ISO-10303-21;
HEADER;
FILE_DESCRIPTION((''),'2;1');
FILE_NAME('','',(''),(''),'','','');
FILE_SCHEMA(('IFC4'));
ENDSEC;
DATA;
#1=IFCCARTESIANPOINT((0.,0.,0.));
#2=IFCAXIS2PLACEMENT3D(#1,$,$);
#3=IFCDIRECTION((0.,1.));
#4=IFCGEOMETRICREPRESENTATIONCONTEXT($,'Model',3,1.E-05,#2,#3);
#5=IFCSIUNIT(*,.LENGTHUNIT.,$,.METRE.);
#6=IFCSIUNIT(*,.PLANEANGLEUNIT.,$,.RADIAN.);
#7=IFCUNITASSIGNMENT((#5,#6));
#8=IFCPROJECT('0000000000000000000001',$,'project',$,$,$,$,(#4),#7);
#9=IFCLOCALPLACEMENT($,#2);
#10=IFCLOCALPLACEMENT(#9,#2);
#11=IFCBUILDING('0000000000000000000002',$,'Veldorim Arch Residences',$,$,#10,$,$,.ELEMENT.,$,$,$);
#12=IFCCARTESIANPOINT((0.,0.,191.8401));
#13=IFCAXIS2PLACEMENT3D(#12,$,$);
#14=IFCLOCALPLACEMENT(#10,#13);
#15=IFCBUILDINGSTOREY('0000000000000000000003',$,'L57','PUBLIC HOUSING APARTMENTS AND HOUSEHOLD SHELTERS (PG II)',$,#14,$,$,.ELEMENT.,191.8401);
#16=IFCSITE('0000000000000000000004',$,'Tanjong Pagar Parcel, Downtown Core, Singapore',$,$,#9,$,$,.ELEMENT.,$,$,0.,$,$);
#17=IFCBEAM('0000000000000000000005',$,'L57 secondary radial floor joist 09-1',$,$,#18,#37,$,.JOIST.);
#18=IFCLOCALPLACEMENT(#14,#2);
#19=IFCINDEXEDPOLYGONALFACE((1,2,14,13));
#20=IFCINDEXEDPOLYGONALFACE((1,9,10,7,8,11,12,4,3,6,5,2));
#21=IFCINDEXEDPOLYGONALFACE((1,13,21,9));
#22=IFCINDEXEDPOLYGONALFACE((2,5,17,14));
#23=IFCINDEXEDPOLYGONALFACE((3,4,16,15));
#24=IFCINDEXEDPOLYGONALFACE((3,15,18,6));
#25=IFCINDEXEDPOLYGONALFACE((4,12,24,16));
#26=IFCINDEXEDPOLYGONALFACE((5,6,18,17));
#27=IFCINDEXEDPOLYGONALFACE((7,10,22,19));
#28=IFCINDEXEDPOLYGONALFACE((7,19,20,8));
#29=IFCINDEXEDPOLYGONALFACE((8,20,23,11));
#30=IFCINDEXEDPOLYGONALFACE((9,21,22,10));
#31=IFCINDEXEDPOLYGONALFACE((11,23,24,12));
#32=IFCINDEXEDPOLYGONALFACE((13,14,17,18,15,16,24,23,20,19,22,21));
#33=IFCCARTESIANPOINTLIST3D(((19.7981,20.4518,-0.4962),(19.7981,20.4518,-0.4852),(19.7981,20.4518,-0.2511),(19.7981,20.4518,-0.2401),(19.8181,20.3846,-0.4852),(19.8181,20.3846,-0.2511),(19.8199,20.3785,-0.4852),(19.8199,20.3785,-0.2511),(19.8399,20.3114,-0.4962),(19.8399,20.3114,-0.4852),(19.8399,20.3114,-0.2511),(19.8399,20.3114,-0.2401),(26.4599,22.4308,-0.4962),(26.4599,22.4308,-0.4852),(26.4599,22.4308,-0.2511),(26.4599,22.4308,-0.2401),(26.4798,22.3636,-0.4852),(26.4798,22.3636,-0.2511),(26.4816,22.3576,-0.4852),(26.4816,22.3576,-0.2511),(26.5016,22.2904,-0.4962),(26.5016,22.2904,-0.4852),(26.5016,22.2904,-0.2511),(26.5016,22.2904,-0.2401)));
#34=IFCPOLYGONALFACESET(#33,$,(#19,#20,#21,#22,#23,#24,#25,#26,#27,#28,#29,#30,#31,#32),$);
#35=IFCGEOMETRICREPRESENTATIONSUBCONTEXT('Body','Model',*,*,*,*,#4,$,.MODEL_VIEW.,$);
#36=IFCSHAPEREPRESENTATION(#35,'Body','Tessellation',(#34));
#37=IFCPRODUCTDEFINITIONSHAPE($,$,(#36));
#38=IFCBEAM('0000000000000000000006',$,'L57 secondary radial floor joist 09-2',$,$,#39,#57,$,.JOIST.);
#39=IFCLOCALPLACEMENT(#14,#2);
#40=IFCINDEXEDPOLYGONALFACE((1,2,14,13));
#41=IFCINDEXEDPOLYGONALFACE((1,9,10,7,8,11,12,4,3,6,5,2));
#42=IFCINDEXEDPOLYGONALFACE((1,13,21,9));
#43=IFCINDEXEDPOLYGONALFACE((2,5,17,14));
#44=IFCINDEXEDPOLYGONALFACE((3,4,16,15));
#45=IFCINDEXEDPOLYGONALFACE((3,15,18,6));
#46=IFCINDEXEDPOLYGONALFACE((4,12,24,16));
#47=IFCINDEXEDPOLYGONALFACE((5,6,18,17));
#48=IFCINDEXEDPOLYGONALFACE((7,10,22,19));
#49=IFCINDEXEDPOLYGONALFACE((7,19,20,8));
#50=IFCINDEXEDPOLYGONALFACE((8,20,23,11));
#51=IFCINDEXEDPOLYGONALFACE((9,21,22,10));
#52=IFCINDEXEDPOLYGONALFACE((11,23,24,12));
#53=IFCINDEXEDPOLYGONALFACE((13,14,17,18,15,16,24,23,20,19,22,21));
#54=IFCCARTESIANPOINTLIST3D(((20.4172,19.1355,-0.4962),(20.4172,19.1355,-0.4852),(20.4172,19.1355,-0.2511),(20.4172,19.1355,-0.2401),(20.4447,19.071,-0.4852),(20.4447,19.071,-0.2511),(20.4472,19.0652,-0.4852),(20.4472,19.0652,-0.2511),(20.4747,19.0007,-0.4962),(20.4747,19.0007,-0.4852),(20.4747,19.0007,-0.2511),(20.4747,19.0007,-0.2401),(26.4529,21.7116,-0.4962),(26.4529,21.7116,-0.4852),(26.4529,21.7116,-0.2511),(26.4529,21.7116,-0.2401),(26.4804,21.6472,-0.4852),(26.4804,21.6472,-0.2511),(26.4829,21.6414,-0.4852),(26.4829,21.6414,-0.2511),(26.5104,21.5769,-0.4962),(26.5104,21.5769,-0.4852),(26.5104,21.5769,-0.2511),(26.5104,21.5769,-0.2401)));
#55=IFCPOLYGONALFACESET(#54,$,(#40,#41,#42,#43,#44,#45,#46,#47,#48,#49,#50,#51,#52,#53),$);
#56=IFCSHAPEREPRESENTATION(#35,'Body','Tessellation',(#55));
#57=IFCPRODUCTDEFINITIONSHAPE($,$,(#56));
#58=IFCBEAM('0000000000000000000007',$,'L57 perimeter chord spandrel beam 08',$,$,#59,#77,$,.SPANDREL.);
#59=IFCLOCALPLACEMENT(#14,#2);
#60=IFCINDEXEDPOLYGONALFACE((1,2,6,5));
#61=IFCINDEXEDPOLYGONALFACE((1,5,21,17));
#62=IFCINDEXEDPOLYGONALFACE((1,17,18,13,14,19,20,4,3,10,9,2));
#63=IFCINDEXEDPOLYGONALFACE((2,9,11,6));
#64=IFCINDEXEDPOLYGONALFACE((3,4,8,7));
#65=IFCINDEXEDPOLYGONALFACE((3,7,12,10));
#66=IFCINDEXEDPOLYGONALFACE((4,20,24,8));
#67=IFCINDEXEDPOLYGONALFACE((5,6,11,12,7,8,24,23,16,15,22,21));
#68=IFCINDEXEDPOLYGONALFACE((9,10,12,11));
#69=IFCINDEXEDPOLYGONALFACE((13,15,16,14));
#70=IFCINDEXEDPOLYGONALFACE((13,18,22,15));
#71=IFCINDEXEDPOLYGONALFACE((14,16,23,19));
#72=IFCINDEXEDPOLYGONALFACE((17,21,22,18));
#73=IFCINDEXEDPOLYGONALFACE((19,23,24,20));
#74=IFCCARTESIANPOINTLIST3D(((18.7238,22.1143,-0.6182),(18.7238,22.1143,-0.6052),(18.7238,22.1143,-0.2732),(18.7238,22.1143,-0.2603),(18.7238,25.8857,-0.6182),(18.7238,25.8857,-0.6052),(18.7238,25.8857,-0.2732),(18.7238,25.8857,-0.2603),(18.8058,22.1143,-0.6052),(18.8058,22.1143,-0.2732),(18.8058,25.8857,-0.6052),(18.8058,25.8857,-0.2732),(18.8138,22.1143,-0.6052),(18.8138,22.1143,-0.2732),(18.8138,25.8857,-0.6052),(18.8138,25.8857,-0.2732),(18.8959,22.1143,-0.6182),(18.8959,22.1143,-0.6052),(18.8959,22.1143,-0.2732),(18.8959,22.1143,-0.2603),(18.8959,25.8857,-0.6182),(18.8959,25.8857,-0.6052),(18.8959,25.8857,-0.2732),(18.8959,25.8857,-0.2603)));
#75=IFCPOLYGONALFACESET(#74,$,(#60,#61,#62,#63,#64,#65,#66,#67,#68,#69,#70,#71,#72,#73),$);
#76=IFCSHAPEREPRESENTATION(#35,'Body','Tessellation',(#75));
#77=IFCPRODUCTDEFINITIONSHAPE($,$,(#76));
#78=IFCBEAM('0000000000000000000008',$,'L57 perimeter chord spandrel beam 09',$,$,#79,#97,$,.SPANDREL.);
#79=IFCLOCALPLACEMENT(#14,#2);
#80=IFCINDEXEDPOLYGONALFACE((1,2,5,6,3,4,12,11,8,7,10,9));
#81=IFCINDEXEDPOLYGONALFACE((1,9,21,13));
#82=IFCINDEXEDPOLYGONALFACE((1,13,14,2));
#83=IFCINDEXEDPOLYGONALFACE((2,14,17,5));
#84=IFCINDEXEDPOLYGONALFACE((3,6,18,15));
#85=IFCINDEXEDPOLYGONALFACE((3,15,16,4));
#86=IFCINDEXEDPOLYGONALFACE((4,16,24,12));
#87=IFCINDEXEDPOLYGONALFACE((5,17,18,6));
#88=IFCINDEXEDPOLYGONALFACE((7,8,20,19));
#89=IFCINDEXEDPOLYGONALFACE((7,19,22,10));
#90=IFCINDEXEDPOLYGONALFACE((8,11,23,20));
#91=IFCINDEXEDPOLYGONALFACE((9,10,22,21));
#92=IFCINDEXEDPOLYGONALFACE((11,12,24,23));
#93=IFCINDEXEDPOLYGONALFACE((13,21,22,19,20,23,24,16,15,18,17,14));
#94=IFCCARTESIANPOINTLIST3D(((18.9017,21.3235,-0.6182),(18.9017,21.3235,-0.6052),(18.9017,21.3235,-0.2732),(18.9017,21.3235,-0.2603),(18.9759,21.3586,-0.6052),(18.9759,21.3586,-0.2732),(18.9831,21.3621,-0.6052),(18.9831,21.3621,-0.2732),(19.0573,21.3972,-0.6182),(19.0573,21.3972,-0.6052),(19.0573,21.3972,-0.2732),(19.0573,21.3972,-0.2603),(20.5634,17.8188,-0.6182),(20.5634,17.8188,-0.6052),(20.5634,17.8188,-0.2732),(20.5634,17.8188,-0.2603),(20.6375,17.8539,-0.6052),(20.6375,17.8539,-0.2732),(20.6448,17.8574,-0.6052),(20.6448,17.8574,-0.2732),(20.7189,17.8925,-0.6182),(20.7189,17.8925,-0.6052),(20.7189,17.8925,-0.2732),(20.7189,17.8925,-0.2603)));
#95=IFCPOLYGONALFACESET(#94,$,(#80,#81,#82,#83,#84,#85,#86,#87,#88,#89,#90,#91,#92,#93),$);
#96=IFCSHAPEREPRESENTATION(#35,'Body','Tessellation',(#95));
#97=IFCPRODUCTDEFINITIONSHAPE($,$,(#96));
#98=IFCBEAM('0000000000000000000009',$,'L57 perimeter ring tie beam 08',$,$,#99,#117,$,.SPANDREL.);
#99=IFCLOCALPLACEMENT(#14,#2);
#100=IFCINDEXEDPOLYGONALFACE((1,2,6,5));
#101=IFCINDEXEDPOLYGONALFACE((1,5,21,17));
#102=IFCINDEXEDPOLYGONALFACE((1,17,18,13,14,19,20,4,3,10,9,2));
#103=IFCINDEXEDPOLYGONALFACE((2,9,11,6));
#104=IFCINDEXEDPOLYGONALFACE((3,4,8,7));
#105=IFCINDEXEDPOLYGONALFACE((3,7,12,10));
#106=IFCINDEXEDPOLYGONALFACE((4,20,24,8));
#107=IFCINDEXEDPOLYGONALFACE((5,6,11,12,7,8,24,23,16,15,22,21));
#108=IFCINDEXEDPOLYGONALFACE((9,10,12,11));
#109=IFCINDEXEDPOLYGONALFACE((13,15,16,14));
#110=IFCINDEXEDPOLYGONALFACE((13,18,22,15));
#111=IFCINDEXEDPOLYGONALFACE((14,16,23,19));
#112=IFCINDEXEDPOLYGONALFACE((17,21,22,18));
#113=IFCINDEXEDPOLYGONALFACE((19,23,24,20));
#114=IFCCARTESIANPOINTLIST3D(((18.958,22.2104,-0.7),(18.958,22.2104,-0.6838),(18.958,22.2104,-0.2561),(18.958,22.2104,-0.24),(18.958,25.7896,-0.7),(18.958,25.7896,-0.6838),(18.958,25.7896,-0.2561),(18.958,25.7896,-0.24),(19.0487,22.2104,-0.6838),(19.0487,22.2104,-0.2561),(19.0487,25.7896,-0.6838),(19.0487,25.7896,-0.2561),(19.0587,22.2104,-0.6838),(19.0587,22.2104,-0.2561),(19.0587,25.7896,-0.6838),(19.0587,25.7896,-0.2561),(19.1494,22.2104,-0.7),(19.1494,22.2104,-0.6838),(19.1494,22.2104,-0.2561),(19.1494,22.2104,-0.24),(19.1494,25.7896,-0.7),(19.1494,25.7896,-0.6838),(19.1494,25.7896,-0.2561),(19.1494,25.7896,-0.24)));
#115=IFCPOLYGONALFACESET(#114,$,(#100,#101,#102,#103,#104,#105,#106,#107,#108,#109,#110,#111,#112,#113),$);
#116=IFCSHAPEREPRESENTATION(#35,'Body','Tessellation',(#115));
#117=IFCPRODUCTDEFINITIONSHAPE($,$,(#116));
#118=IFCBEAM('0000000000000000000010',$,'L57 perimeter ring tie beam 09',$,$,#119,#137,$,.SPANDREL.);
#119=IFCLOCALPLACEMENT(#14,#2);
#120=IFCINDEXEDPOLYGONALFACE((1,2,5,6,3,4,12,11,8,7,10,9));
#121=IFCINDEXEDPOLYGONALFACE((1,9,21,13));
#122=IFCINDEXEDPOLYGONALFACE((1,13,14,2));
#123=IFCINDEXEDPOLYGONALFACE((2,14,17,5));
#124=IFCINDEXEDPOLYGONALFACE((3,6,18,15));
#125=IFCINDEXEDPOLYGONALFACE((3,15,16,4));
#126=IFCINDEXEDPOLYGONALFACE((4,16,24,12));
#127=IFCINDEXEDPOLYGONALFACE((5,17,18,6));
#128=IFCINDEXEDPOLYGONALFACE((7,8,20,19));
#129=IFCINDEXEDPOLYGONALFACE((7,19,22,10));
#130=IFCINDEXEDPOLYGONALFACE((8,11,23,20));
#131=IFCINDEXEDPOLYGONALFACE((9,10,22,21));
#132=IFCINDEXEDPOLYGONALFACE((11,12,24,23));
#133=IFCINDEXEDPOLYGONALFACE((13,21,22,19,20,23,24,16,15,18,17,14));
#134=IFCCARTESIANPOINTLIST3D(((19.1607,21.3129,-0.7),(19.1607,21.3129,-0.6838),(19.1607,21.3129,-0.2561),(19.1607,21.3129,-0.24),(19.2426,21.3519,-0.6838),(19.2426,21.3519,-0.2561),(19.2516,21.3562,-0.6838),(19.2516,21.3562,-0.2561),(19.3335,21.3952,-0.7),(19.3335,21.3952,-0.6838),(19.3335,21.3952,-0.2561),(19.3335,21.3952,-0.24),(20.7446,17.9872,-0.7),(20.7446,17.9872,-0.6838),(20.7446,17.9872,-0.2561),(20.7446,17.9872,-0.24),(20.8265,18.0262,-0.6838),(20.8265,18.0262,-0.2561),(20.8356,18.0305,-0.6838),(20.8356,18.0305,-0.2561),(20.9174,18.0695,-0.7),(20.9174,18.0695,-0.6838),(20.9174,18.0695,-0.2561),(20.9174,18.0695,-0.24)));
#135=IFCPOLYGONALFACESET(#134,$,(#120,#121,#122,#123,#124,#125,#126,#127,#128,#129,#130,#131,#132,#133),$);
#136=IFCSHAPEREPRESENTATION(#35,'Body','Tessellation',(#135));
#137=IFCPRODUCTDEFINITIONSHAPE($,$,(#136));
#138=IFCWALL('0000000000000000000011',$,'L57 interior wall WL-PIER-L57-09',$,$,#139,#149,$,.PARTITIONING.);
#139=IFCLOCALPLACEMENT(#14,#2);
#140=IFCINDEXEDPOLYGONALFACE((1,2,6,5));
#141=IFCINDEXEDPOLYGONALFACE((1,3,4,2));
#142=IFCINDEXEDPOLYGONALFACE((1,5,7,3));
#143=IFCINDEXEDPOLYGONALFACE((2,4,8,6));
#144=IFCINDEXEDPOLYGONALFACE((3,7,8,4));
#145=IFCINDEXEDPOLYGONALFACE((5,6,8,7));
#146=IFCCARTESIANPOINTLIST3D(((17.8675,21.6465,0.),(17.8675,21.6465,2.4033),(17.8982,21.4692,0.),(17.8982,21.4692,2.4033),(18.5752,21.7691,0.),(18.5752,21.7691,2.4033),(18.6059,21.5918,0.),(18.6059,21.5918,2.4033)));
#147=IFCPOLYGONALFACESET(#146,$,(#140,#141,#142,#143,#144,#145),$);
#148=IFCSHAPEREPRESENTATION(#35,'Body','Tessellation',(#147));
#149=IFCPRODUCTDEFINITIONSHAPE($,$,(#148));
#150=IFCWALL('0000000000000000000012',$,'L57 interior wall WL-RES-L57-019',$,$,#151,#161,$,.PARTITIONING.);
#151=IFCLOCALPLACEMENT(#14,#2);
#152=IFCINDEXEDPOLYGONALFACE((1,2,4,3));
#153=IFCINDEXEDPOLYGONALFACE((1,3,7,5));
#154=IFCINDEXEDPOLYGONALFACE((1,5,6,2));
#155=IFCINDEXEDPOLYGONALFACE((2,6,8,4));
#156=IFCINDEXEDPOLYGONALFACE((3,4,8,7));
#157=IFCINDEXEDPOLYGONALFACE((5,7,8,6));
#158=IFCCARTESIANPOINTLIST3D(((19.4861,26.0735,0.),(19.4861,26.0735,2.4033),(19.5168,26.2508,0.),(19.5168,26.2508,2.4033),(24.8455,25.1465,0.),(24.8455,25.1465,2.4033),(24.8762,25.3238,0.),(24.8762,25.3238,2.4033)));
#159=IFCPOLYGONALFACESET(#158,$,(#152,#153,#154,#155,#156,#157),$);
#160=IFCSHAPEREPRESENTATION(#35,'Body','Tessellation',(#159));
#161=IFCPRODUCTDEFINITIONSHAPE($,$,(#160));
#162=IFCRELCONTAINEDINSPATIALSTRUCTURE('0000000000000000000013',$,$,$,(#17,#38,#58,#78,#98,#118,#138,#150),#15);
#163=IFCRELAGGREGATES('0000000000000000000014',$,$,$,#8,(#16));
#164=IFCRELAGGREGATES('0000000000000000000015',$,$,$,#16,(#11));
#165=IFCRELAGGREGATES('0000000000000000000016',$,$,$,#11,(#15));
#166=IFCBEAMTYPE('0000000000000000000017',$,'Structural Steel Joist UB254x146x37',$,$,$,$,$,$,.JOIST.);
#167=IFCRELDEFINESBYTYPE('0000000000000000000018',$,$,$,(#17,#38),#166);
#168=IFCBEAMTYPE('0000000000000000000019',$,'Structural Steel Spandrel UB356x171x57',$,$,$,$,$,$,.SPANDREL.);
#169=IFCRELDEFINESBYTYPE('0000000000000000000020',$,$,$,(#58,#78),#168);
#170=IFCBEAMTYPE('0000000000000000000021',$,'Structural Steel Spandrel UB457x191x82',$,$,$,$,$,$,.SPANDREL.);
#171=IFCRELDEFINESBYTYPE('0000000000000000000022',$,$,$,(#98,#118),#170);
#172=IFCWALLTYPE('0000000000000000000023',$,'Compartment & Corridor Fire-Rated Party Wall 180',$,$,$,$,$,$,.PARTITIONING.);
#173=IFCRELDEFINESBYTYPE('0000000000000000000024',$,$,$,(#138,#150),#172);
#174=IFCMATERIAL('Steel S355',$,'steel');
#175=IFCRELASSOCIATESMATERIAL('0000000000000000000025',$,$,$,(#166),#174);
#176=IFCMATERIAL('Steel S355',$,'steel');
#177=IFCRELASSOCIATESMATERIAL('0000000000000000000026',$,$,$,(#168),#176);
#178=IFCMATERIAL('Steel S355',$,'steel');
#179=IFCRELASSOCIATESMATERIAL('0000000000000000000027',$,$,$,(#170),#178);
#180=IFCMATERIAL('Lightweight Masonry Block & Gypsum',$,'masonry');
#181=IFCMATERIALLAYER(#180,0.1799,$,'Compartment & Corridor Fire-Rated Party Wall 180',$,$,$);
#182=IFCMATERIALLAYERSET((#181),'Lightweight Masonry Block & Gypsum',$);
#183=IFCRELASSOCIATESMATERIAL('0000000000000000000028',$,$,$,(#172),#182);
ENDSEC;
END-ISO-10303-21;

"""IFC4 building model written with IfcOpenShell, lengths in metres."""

from ifc_helpers import new_model, si_unit, direction, frame, frame_2d, origin, origin_2d, place, context, subcontext, project, spatial, rectangle, i_section, extrude, material, layer, layer_set, material_profile, profile_set, type_object, element, save


model = new_model("IFC4")

# Units and contexts
model_context = context("Model", 3, precision=1e-05, world=origin(), true_north=direction((0.0, 1.0)))
body_context = subcontext(model_context, "Body", "Model", "MODEL_VIEW")
ifc_project = project(units=[si_unit("LENGTHUNIT", "METRE"), si_unit("PLANEANGLEUNIT", "RADIAN")], contexts=[model_context])

# Site, building, storey
site_placement = place(None, origin())
site = spatial("IfcSite", under=ifc_project, at=site_placement, Name="Tanjong Pagar Parcel, Downtown Core, Singapore", CompositionType="ELEMENT", RefElevation=0.0)
building_placement = place(site_placement, origin())
building = spatial("IfcBuilding", under=site, at=building_placement, Name="Veldorim Arch Residences", CompositionType="ELEMENT")
storey_placement = place(building_placement, frame((0.0, 0.0, 191.8401)))
storey = spatial("IfcBuildingStorey", under=building, at=storey_placement, Name="L57", Description="PUBLIC HOUSING APARTMENTS AND HOUSEHOLD SHELTERS (PG II)", CompositionType="ELEMENT", Elevation=191.8401)

# Beams
ifc_material_1 = material(Name="Steel S355", Category="steel")
ifc_material_profile_1 = material_profile(ifc_material_1, i_section(OverallWidth=0.1465, OverallDepth=0.2561, WebThickness=0.0063, FlangeThickness=0.011, at=origin_2d()), Name="UB254x146x37")
ifc_profile_set_1 = profile_set([ifc_material_profile_1], Name="Steel S355")
beam_type_1 = type_object("IfcBeamType", Name="Structural Steel Joist UB254x146x37", PredefinedType="JOIST", material=ifc_profile_set_1)
beam_1_placement = place(storey_placement, frame((26.4807, 22.3606, -0.3682), z_axis=(-0.958594, -0.284775, 0.0), x_axis=(0.284775, -0.958594, 0.0)))
element("IfcBeam", 1, at=beam_1_placement, inside=storey, type_object=beam_type_1, Name="L57 secondary radial floor joist 09-1", PredefinedType="JOIST", context=body_context, shape_type="SweptSolid", body=[
    extrude(i_section(OverallWidth=0.1465, OverallDepth=0.2561, WebThickness=0.0063, FlangeThickness=0.011, at=origin_2d()), origin(), (0.0, 0.0, 1.0), 6.9495),
])
beam_2_placement = place(storey_placement, frame((26.4817, 21.6443, -0.3682), z_axis=(-0.919725, -0.392563, 0.0), x_axis=(0.392563, -0.919725, 0.0)))
element("IfcBeam", 2, at=beam_2_placement, inside=storey, type_object=beam_type_1, Name="L57 secondary radial floor joist 09-2", PredefinedType="JOIST", context=body_context, shape_type="SweptSolid", body=[
    extrude(i_section(OverallWidth=0.1465, OverallDepth=0.2561, WebThickness=0.0063, FlangeThickness=0.011, at=origin_2d()), origin(), (0.0, 0.0, 1.0), 6.5625),
])
ifc_material_2 = material(Name="Steel S355", Category="steel")
ifc_material_profile_2 = material_profile(ifc_material_2, i_section(OverallWidth=0.1721, OverallDepth=0.3579, WebThickness=0.0081, FlangeThickness=0.0129, at=origin_2d()), Name="UB356x171x57")
ifc_profile_set_2 = profile_set([ifc_material_profile_2], Name="Steel S355")
beam_type_2 = type_object("IfcBeamType", Name="Structural Steel Spandrel UB356x171x57", PredefinedType="SPANDREL", material=ifc_profile_set_2)
beam_3_placement = place(storey_placement, frame((18.8098, 25.8857, -0.4392), z_axis=(0.0, -1.0, 0.0), x_axis=(1.0, 0.0, 0.0)))
element("IfcBeam", 3, at=beam_3_placement, inside=storey, type_object=beam_type_2, Name="L57 perimeter chord spandrel beam 08", PredefinedType="SPANDREL", context=body_context, shape_type="SweptSolid", body=[
    extrude(i_section(OverallWidth=0.1721, OverallDepth=0.3579, WebThickness=0.0081, FlangeThickness=0.0129, at=origin_2d()), origin(), (0.0, 0.0, 1.0), 3.7715),
])
beam_4_placement = place(storey_placement, frame((18.9795, 21.3604, -0.4392), z_axis=(0.428408, -0.903585, 0.0), x_axis=(0.903585, 0.428408, 0.0)))
element("IfcBeam", 4, at=beam_4_placement, inside=storey, type_object=beam_type_2, Name="L57 perimeter chord spandrel beam 09", PredefinedType="SPANDREL", context=body_context, shape_type="SweptSolid", body=[
    extrude(i_section(OverallWidth=0.1721, OverallDepth=0.3579, WebThickness=0.0081, FlangeThickness=0.0129, at=origin_2d()), origin(), (0.0, 0.0, 1.0), 3.8787),
])
ifc_material_3 = material(Name="Steel S355", Category="steel")
ifc_material_profile_3 = material_profile(ifc_material_3, i_section(OverallWidth=0.1914, OverallDepth=0.46, WebThickness=0.01, FlangeThickness=0.0161, at=origin_2d()), Name="UB457x191x82")
ifc_profile_set_3 = profile_set([ifc_material_profile_3], Name="Steel S355")
beam_type_3 = type_object("IfcBeamType", Name="Structural Steel Spandrel UB457x191x82", PredefinedType="SPANDREL", material=ifc_profile_set_3)
beam_5_placement = place(storey_placement, frame((19.0537, 25.7896, -0.47), z_axis=(0.0, -1.0, 0.0), x_axis=(1.0, 0.0, 0.0)))
element("IfcBeam", 5, at=beam_5_placement, inside=storey, type_object=beam_type_3, Name="L57 perimeter ring tie beam 08", PredefinedType="SPANDREL", context=body_context, shape_type="SweptSolid", body=[
    extrude(i_section(OverallWidth=0.1914, OverallDepth=0.46, WebThickness=0.01, FlangeThickness=0.0161, at=origin_2d()), origin(), (0.0, 0.0, 1.0), 3.5791),
])
beam_6_placement = place(storey_placement, frame((19.2471, 21.354, -0.47), z_axis=(0.430006, -0.902826, 0.0), x_axis=(0.902826, 0.430006, 0.0)))
element("IfcBeam", 6, at=beam_6_placement, inside=storey, type_object=beam_type_3, Name="L57 perimeter ring tie beam 09", PredefinedType="SPANDREL", context=body_context, shape_type="SweptSolid", body=[
    extrude(i_section(OverallWidth=0.1914, OverallDepth=0.46, WebThickness=0.01, FlangeThickness=0.0161, at=origin_2d()), origin(), (0.0, 0.0, 1.0), 3.6836),
])

# Walls
ifc_material_4 = material(Name="Lightweight Masonry Block & Gypsum", Category="masonry")
ifc_layer_1 = layer(ifc_material_4, 0.1799, Name="Compartment & Corridor Fire-Rated Party Wall 180")
ifc_layer_set_1 = layer_set([ifc_layer_1], Name="Lightweight Masonry Block & Gypsum")
wall_type_1 = type_object("IfcWallType", Name="Compartment & Corridor Fire-Rated Party Wall 180", PredefinedType="PARTITIONING", material=ifc_layer_set_1)
wall_1_placement = place(storey_placement, frame((18.5906, 21.6804, 0.0), z_axis=(0.0, 0.0, 1.0), x_axis=(-0.985336, -0.170624, 0.0)))
element("IfcWall", 7, at=wall_1_placement, inside=storey, type_object=wall_type_1, Name="L57 interior wall WL-PIER-L57-09", PredefinedType="PARTITIONING", context=body_context, shape_type="SweptSolid", body=[
    extrude(rectangle(XDim=0.7183, YDim=0.1799, at=frame_2d((0.3591, 0.0))), origin(), (0.0, 0.0, 1.0), 2.4033),
])
wall_2_placement = place(storey_placement, frame((24.8608, 25.2351, 0.0), z_axis=(0.0, 0.0, 1.0), x_axis=(-0.985368, 0.170438, 0.0)))
element("IfcWall", 8, at=wall_2_placement, inside=storey, type_object=wall_type_1, Name="L57 interior wall WL-RES-L57-019", PredefinedType="PARTITIONING", context=body_context, shape_type="SweptSolid", body=[
    extrude(rectangle(XDim=5.439, YDim=0.1799, at=frame_2d((2.7195, 0.0))), origin(), (0.0, 0.0, 1.0), 2.4033),
])

save(model, "model.ifc")
